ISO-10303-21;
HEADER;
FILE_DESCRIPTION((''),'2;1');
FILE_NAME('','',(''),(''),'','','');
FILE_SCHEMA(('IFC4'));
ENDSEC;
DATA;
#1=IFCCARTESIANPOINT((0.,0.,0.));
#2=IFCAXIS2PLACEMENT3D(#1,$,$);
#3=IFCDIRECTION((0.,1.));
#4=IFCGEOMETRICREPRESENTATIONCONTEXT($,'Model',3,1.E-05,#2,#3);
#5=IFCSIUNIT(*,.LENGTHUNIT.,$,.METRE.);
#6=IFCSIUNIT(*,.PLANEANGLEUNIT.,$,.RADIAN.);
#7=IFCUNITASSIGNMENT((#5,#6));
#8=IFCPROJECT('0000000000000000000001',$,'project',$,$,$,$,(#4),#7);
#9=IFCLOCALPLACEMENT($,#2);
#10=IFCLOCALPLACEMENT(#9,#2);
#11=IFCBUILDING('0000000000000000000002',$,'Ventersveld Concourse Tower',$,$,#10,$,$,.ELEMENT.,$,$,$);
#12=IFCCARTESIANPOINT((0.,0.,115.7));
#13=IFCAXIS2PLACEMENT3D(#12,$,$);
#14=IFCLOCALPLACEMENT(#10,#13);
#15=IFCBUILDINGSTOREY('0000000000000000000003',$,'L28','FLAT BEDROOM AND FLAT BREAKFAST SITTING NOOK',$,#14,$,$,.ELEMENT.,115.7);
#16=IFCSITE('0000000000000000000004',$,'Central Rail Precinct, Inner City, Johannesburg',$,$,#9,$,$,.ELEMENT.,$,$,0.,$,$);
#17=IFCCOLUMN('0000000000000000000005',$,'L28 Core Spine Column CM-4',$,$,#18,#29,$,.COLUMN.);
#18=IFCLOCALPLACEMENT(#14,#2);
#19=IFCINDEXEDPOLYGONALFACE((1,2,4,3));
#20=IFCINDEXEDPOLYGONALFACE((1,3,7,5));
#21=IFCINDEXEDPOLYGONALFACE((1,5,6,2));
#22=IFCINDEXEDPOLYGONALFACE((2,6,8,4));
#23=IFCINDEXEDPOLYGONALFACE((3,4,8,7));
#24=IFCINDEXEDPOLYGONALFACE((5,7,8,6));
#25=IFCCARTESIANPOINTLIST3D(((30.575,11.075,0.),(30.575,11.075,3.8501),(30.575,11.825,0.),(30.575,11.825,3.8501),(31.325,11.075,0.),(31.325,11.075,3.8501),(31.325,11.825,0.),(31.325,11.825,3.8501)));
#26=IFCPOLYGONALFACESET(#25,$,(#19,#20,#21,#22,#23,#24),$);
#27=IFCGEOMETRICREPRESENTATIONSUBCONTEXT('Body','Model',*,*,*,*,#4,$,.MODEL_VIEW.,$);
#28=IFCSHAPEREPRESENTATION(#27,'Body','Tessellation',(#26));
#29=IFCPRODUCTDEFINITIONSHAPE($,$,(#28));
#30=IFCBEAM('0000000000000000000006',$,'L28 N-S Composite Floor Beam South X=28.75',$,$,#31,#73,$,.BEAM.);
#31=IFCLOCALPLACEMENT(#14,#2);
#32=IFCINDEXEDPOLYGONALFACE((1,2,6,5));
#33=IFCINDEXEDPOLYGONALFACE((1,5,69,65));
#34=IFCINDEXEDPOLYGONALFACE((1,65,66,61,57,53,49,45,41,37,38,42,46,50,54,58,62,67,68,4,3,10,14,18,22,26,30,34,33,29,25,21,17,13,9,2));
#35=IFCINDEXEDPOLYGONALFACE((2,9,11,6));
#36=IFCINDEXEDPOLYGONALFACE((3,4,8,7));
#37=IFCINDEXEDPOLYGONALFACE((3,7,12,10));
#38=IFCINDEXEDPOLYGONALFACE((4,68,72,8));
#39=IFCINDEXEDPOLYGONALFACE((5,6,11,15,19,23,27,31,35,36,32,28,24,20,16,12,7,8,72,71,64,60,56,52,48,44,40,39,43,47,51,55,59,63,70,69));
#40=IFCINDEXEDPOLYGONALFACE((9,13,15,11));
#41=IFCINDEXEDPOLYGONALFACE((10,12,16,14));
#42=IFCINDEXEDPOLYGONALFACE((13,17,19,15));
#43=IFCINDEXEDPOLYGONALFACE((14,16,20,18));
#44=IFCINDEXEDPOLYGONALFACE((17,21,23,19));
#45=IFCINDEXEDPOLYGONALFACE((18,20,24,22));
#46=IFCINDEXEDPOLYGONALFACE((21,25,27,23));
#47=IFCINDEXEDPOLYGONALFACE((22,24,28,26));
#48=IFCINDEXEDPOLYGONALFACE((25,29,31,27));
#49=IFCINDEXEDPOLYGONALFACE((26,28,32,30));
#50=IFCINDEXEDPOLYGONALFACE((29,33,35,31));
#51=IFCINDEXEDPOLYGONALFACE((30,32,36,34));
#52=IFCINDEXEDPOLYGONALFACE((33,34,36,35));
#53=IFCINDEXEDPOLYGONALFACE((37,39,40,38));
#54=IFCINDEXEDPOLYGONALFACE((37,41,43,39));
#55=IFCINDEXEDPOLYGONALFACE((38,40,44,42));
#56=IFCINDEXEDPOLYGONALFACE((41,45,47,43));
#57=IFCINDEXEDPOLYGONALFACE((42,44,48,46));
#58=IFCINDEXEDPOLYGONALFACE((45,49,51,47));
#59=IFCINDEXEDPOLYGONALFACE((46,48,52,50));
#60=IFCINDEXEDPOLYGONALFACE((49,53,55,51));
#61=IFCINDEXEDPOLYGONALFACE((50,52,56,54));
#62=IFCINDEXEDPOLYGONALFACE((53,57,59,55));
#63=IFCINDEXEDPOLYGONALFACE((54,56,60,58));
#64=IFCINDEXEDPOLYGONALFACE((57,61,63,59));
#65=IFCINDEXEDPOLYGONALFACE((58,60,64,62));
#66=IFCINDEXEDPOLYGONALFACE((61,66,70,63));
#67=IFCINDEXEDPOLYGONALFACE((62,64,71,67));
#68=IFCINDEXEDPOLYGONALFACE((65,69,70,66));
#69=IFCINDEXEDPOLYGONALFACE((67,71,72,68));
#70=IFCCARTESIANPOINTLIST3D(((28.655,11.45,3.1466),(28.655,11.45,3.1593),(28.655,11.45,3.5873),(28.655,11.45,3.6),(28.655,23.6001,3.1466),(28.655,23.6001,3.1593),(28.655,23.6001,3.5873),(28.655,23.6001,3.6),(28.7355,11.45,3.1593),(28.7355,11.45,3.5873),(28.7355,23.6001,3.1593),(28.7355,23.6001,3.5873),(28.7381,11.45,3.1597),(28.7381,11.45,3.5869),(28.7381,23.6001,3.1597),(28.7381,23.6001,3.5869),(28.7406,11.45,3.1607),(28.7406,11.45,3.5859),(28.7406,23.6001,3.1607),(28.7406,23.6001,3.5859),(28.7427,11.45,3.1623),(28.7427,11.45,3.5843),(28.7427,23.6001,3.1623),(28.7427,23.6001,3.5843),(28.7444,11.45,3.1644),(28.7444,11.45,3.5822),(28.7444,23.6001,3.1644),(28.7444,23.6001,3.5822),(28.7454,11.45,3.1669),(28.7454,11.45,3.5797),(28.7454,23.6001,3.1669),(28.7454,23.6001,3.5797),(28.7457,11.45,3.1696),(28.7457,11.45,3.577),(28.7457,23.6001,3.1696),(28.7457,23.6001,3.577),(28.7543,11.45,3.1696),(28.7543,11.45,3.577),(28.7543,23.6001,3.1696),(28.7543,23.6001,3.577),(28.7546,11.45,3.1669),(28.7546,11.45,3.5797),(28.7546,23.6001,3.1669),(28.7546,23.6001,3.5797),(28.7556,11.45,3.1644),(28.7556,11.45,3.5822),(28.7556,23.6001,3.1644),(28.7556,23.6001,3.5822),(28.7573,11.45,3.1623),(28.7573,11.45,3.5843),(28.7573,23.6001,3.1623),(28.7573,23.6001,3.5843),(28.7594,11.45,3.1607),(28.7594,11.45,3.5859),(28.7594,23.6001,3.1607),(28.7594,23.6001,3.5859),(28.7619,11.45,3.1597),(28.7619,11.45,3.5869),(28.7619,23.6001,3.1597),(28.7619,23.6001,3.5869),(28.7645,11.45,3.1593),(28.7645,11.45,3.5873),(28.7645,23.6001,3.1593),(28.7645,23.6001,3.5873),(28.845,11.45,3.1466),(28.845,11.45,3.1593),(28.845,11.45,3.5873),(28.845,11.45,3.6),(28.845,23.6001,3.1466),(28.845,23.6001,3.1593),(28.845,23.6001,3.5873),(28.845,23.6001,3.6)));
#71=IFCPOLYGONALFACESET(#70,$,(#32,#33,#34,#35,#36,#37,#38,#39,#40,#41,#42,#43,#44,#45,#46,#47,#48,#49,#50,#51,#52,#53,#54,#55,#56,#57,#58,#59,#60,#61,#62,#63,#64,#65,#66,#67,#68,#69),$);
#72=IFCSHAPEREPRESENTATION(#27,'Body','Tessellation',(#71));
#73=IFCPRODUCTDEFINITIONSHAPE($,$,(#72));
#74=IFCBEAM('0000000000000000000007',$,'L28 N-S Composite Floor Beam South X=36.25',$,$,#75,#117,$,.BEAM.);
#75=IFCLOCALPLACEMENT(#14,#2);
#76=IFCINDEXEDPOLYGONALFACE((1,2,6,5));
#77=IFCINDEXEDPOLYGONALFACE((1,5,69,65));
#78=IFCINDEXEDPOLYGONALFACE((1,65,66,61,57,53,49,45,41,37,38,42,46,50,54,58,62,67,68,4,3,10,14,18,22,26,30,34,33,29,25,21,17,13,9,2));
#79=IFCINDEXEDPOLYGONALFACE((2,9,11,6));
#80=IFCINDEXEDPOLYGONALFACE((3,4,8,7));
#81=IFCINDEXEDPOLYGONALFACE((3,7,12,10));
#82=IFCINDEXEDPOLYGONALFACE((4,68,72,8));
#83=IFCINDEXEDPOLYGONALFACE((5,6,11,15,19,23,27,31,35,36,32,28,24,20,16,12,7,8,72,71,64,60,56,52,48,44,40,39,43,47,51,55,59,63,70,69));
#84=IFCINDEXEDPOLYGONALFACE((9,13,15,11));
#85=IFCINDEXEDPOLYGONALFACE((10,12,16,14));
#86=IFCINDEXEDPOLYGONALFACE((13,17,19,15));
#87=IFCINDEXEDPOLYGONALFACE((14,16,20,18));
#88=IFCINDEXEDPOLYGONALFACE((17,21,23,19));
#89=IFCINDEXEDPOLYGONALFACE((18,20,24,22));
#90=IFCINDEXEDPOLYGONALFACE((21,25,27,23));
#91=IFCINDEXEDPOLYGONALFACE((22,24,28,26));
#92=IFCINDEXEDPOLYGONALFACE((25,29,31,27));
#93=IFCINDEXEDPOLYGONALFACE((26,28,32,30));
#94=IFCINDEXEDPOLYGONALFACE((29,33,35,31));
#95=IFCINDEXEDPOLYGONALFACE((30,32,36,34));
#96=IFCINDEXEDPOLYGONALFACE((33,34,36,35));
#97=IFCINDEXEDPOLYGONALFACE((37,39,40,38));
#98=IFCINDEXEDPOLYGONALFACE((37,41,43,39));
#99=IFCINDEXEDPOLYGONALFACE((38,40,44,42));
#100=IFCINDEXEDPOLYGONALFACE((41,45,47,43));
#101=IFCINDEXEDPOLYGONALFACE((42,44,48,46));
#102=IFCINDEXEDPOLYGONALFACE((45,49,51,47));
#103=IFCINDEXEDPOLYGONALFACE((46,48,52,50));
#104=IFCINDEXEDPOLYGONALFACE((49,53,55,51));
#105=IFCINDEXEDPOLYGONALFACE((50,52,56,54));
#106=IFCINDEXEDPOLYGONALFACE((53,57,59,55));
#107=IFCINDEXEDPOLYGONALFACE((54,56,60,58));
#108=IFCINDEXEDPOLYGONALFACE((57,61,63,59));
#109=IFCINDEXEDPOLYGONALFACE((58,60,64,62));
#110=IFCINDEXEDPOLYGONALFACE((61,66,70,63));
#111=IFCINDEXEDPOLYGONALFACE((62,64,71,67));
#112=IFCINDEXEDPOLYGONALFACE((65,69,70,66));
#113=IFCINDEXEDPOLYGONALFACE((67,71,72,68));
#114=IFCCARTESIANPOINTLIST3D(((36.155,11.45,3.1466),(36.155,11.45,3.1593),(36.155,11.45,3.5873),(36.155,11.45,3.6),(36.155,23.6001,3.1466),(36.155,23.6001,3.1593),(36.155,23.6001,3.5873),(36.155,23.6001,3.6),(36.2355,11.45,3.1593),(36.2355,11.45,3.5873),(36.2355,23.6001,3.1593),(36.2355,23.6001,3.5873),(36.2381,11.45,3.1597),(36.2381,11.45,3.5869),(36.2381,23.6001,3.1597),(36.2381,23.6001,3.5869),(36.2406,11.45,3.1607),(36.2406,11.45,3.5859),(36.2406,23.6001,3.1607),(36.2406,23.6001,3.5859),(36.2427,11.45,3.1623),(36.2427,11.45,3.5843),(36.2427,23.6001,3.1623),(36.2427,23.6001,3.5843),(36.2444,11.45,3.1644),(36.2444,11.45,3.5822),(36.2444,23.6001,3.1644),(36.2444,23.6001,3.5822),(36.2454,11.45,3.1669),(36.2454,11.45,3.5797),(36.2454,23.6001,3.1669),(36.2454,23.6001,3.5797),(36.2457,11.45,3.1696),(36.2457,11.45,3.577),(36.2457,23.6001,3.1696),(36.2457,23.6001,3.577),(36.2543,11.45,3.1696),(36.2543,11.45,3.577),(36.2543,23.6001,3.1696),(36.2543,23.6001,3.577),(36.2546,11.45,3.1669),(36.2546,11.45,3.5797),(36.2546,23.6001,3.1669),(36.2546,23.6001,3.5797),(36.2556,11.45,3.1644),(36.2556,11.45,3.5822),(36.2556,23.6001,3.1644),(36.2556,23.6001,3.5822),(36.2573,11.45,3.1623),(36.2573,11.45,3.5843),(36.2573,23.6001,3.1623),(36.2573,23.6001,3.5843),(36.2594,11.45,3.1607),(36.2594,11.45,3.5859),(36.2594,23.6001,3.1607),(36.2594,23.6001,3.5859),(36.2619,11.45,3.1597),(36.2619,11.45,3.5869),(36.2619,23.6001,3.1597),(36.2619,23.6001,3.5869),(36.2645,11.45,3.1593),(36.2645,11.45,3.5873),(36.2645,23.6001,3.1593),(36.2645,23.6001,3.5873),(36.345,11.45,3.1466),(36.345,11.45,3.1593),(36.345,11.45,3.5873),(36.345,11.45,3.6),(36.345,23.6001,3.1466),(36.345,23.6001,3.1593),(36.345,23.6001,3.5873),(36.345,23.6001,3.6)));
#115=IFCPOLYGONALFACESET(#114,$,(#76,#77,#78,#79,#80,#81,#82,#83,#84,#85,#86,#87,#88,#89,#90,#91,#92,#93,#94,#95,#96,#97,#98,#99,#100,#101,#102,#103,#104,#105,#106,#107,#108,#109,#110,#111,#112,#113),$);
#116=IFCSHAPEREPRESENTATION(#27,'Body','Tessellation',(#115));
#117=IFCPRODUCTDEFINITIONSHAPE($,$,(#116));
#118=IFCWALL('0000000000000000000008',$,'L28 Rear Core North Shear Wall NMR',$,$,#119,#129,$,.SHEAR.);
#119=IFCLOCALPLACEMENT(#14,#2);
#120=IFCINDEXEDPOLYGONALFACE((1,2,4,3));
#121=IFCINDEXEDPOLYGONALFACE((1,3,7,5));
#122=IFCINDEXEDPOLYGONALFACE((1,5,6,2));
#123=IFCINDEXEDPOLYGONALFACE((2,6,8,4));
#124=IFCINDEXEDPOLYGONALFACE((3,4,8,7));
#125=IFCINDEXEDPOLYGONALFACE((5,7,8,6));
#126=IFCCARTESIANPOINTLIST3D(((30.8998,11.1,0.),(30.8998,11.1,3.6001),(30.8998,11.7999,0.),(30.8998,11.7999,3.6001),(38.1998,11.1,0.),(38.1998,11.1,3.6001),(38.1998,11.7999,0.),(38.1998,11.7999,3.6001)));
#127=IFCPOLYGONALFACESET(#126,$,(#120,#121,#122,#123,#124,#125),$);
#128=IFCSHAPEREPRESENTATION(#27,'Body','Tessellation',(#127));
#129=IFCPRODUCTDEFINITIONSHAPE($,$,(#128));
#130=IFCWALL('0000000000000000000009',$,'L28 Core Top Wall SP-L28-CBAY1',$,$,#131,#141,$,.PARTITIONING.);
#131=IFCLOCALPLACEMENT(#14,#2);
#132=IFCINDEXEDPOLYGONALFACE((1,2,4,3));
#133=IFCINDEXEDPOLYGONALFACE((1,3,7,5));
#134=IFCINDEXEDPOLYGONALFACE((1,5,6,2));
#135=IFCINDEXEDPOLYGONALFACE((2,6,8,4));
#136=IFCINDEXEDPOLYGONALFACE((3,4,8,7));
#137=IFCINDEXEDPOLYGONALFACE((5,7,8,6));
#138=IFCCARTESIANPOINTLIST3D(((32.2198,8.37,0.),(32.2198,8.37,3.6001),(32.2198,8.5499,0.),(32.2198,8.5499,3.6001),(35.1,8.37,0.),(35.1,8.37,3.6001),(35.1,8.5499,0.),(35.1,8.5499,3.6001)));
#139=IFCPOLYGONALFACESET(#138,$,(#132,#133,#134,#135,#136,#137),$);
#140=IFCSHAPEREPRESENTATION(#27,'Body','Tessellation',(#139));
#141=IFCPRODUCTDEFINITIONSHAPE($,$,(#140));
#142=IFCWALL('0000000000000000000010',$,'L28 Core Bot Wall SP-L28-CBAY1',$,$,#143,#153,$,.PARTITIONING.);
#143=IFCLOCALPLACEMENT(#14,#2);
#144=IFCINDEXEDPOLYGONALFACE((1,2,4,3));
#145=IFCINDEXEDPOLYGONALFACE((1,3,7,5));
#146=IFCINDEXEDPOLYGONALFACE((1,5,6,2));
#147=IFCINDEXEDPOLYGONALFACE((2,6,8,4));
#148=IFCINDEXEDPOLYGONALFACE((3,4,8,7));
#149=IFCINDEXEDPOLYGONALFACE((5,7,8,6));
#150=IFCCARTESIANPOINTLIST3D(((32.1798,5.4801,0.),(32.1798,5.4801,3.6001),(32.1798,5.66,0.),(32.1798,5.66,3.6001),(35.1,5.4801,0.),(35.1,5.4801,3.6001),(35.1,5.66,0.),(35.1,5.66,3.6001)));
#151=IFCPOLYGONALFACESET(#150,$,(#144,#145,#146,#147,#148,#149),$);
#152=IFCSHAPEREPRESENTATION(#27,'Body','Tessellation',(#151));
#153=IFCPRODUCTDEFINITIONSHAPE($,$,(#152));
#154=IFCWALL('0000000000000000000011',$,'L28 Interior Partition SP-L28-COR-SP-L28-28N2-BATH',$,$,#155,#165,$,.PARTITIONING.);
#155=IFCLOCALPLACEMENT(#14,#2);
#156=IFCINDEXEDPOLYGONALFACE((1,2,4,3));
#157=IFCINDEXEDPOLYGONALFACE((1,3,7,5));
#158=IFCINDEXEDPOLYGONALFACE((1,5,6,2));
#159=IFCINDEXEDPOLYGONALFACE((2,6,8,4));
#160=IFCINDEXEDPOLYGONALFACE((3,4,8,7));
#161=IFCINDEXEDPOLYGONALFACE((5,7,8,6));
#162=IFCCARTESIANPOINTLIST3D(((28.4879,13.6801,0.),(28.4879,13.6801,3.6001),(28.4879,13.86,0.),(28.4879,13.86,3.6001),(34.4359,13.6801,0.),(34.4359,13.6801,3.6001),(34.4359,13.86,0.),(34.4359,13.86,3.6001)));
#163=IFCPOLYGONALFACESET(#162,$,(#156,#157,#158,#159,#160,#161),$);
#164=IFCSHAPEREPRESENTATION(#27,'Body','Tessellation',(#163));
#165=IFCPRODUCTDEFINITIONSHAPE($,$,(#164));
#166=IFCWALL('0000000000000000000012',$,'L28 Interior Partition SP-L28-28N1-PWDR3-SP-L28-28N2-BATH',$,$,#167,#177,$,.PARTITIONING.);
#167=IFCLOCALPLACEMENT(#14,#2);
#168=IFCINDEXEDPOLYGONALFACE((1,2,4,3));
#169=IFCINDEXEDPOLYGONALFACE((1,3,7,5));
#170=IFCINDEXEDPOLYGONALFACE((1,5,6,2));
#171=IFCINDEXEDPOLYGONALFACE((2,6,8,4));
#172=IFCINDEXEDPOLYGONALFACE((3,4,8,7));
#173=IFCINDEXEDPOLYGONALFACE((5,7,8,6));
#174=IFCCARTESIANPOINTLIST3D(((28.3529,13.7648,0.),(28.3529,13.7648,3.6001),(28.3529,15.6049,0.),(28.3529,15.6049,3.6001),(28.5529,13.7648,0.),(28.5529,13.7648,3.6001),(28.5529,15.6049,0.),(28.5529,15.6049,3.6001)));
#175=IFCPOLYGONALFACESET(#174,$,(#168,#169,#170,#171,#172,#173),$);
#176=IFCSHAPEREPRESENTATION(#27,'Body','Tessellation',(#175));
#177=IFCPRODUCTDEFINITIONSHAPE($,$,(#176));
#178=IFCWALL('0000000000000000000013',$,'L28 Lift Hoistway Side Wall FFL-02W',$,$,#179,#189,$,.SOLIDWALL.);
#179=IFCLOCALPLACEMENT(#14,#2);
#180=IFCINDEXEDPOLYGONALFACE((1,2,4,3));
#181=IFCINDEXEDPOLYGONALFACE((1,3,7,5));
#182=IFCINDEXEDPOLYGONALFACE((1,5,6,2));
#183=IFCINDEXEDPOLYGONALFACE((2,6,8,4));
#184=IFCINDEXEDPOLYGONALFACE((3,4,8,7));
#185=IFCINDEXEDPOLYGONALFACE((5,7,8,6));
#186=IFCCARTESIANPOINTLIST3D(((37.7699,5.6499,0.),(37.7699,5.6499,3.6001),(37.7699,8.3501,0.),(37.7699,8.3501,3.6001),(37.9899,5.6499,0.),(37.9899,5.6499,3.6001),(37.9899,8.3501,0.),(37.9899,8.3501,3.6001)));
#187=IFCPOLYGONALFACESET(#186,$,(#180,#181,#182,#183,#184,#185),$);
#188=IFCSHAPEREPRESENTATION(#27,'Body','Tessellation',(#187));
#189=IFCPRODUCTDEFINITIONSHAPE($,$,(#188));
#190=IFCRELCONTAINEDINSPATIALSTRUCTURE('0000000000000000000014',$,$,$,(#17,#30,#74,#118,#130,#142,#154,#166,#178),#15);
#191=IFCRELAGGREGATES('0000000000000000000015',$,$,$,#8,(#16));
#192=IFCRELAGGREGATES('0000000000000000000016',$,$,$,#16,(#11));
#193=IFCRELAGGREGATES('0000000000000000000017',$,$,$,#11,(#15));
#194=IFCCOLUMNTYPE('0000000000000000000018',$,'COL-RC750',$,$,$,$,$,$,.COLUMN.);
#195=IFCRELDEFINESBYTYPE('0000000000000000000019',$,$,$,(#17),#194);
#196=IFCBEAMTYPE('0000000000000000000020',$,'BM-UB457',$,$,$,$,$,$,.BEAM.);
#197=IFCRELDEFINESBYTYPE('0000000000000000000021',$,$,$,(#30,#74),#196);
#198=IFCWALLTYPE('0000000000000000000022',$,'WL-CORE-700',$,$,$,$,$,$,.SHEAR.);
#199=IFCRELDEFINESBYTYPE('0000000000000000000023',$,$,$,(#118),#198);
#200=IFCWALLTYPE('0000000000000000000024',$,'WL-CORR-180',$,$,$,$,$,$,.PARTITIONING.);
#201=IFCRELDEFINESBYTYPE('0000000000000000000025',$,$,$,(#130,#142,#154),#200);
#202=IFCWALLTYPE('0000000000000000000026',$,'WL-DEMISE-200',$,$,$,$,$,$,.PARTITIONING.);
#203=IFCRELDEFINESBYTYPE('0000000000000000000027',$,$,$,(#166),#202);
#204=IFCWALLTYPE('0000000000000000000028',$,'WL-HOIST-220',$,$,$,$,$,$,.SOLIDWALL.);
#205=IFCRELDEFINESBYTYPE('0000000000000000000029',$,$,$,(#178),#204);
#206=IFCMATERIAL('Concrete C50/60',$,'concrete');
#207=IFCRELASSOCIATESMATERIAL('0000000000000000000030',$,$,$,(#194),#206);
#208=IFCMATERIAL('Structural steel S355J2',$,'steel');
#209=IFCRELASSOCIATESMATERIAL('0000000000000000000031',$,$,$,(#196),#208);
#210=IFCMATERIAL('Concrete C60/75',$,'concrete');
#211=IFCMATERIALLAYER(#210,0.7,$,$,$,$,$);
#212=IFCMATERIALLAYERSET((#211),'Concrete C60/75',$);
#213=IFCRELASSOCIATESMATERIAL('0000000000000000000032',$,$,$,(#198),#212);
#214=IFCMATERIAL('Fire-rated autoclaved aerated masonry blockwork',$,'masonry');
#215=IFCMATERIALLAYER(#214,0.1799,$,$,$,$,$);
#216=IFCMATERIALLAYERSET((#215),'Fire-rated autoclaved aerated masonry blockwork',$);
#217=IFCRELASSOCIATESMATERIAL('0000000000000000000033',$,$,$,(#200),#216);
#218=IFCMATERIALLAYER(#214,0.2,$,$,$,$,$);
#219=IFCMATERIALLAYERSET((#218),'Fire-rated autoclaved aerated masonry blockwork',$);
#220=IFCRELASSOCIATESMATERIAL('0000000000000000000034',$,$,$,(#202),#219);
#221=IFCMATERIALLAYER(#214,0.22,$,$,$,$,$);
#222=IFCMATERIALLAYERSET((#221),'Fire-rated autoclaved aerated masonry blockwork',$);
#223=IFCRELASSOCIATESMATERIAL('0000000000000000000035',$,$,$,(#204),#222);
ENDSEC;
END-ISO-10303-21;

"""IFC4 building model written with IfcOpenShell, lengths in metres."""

from ifc_helpers import new_model, si_unit, direction, frame, frame_2d, origin, origin_2d, place, context, subcontext, project, spatial, rectangle, i_section, extrude, material, layer, layer_set, material_profile, profile_set, type_object, element, save


model = new_model("IFC4")

# Units and contexts
model_context = context("Model", 3, precision=1e-05, world=origin(), true_north=direction((0.0, 1.0)))
body_context = subcontext(model_context, "Body", "Model", "MODEL_VIEW")
ifc_project = project(units=[si_unit("LENGTHUNIT", "METRE"), si_unit("PLANEANGLEUNIT", "RADIAN")], contexts=[model_context])

# Site, building, storey
site_placement = place(None, origin())
site = spatial("IfcSite", under=ifc_project, at=site_placement, Name="Central Rail Precinct, Inner City, Johannesburg", CompositionType="ELEMENT", RefElevation=0.0)
building_placement = place(site_placement, origin())
building = spatial("IfcBuilding", under=site, at=building_placement, Name="Ventersveld Concourse Tower", CompositionType="ELEMENT")
storey_placement = place(building_placement, frame((0.0, 0.0, 115.7)))
storey = spatial("IfcBuildingStorey", under=building, at=storey_placement, Name="L28", Description="FLAT BEDROOM AND FLAT BREAKFAST SITTING NOOK", CompositionType="ELEMENT", Elevation=115.7)

# Column
ifc_material_1 = material(Name="Concrete C50/60", Category="concrete")
ifc_material_profile_1 = material_profile(ifc_material_1, rectangle(XDim=0.75, YDim=0.75, at=origin_2d()), Name="RC 750x750")
ifc_profile_set_1 = profile_set([ifc_material_profile_1], Name="Concrete C50/60")
column_type = type_object("IfcColumnType", Name="COL-RC750", PredefinedType="COLUMN", material=ifc_profile_set_1)
column_placement = place(storey_placement, frame((30.95, 11.45, 0.0), z_axis=(0.0, 0.0, 1.0), x_axis=(1.0, 0.0, 0.0)))
element("IfcColumn", 1, at=column_placement, inside=storey, type_object=column_type, Name="L28 Core Spine Column CM-4", PredefinedType="COLUMN", context=body_context, shape_type="SweptSolid", body=[
    extrude(rectangle(XDim=0.75, YDim=0.75, at=origin_2d()), origin(), (0.0, 0.0, 1.0), 3.8501),
])

# Beams
ifc_material_2 = material(Name="Structural steel S355J2", Category="steel")
ifc_material_profile_2 = material_profile(ifc_material_2, i_section(OverallWidth=0.1899, OverallDepth=0.4534, WebThickness=0.0085, FlangeThickness=0.0127, FilletRadius=0.0103, at=origin_2d()), Name="UB 457x191x67")
ifc_profile_set_2 = profile_set([ifc_material_profile_2], Name="Structural steel S355J2")
beam_type = type_object("IfcBeamType", Name="BM-UB457", PredefinedType="BEAM", material=ifc_profile_set_2)
for number, where, z_axis, x_axis, name in (
    (2, (28.75, 11.45, 3.3733), (0.0, 1.0, 0.0), (-1.0, 0.0, 0.0), "L28 N-S Composite Floor Beam South X=28.75"),
    (3, (36.25, 11.45, 3.3733), (0.0, 1.0, 0.0), (-1.0, 0.0, 0.0), "L28 N-S Composite Floor Beam South X=36.25"),
):
    element("IfcBeam", number, at=place(storey_placement, frame(where, z_axis=z_axis, x_axis=x_axis)), inside=storey, type_object=beam_type, Name=name, PredefinedType="BEAM", context=body_context, shape_type="SweptSolid", body=[
        extrude(i_section(OverallWidth=0.1899, OverallDepth=0.4534, WebThickness=0.0085, FlangeThickness=0.0127, FilletRadius=0.0103, at=origin_2d()), origin(), (0.0, 0.0, 1.0), 12.1501),
    ])

# Wall
ifc_material_3 = material(Name="Concrete C60/75", Category="concrete")
ifc_layer_1 = layer(ifc_material_3, 0.7)
ifc_layer_set_1 = layer_set([ifc_layer_1], Name="Concrete C60/75")
wall_type_1 = type_object("IfcWallType", Name="WL-CORE-700", PredefinedType="SHEAR", material=ifc_layer_set_1)
wall_1_placement = place(storey_placement, frame((30.8999, 11.45, 0.0), z_axis=(0.0, 0.0, 1.0), x_axis=(1.0, 0.0, 0.0)))
element("IfcWall", 4, at=wall_1_placement, inside=storey, type_object=wall_type_1, Name="L28 Rear Core North Shear Wall NMR", PredefinedType="SHEAR", context=body_context, shape_type="SweptSolid", body=[
    extrude(rectangle(XDim=7.3, YDim=0.7, at=frame_2d((3.6499, 0.0))), origin(), (0.0, 0.0, 1.0), 3.6001),
])

# Shared definitions
ifc_material_4 = material(Name="Fire-rated autoclaved aerated masonry blockwork", Category="masonry")
ifc_layer_2 = layer(ifc_material_4, 0.1799)
ifc_layer_set_2 = layer_set([ifc_layer_2], Name="Fire-rated autoclaved aerated masonry blockwork")
wall_type_2 = type_object("IfcWallType", Name="WL-CORR-180", PredefinedType="PARTITIONING", material=ifc_layer_set_2)

# Walls
wall_2_placement = place(storey_placement, frame((32.22, 8.46, 0.0), z_axis=(0.0, 0.0, 1.0), x_axis=(1.0, 0.0, 0.0)))
element("IfcWall", 5, at=wall_2_placement, inside=storey, type_object=wall_type_2, Name="L28 Core Top Wall SP-L28-CBAY1", PredefinedType="PARTITIONING", context=body_context, shape_type="SweptSolid", body=[
    extrude(rectangle(XDim=2.8801, YDim=0.1799, at=frame_2d((1.4399, 0.0))), origin(), (0.0, 0.0, 1.0), 3.6001),
])
wall_3_placement = place(storey_placement, frame((32.1799, 5.5701, 0.0), z_axis=(0.0, 0.0, 1.0), x_axis=(1.0, 0.0, 0.0)))
element("IfcWall", 6, at=wall_3_placement, inside=storey, type_object=wall_type_2, Name="L28 Core Bot Wall SP-L28-CBAY1", PredefinedType="PARTITIONING", context=body_context, shape_type="SweptSolid", body=[
    extrude(rectangle(XDim=2.9202, YDim=0.1799, at=frame_2d((1.46, 0.0))), origin(), (0.0, 0.0, 1.0), 3.6001),
])

# Walls
wall_4_placement = place(storey_placement, frame((28.4878, 13.77, 0.0), z_axis=(0.0, 0.0, 1.0), x_axis=(1.0, 0.0, 0.0)))
element("IfcWall", 7, at=wall_4_placement, inside=storey, type_object=wall_type_2, Name="L28 Interior Partition SP-L28-COR-SP-L28-28N2-BATH", PredefinedType="PARTITIONING", context=body_context, shape_type="SweptSolid", body=[
    extrude(rectangle(XDim=5.948, YDim=0.1799, at=frame_2d((2.9741, 0.0))), origin(), (0.0, 0.0, 1.0), 3.6001),
])
ifc_layer_3 = layer(ifc_material_4, 0.2)
ifc_layer_set_3 = layer_set([ifc_layer_3], Name="Fire-rated autoclaved aerated masonry blockwork")
wall_type_3 = type_object("IfcWallType", Name="WL-DEMISE-200", PredefinedType="PARTITIONING", material=ifc_layer_set_3)
wall_5_placement = place(storey_placement, frame((28.4529, 13.7649, 0.0), z_axis=(0.0, 0.0, 1.0), x_axis=(0.0, 1.0, 0.0)))
element("IfcWall", 8, at=wall_5_placement, inside=storey, type_object=wall_type_3, Name="L28 Interior Partition SP-L28-28N1-PWDR3-SP-L28-28N2-BATH", PredefinedType="PARTITIONING", context=body_context, shape_type="SweptSolid", body=[
    extrude(rectangle(XDim=1.8401, YDim=0.2, at=frame_2d((0.9199, 0.0))), origin(), (0.0, 0.0, 1.0), 3.6001),
])
ifc_layer_4 = layer(ifc_material_4, 0.22)
ifc_layer_set_4 = layer_set([ifc_layer_4], Name="Fire-rated autoclaved aerated masonry blockwork")
wall_type_4 = type_object("IfcWallType", Name="WL-HOIST-220", PredefinedType="SOLIDWALL", material=ifc_layer_set_4)
wall_6_placement = place(storey_placement, frame((37.8799, 5.6499, 0.0), z_axis=(0.0, 0.0, 1.0), x_axis=(0.0, 1.0, 0.0)))
element("IfcWall", 9, at=wall_6_placement, inside=storey, type_object=wall_type_4, Name="L28 Lift Hoistway Side Wall FFL-02W", PredefinedType="SOLIDWALL", context=body_context, shape_type="SweptSolid", body=[
    extrude(rectangle(XDim=2.7002, YDim=0.22, at=frame_2d((1.3501, 0.0))), origin(), (0.0, 0.0, 1.0), 3.6001),
])

save(model, "model.ifc")
